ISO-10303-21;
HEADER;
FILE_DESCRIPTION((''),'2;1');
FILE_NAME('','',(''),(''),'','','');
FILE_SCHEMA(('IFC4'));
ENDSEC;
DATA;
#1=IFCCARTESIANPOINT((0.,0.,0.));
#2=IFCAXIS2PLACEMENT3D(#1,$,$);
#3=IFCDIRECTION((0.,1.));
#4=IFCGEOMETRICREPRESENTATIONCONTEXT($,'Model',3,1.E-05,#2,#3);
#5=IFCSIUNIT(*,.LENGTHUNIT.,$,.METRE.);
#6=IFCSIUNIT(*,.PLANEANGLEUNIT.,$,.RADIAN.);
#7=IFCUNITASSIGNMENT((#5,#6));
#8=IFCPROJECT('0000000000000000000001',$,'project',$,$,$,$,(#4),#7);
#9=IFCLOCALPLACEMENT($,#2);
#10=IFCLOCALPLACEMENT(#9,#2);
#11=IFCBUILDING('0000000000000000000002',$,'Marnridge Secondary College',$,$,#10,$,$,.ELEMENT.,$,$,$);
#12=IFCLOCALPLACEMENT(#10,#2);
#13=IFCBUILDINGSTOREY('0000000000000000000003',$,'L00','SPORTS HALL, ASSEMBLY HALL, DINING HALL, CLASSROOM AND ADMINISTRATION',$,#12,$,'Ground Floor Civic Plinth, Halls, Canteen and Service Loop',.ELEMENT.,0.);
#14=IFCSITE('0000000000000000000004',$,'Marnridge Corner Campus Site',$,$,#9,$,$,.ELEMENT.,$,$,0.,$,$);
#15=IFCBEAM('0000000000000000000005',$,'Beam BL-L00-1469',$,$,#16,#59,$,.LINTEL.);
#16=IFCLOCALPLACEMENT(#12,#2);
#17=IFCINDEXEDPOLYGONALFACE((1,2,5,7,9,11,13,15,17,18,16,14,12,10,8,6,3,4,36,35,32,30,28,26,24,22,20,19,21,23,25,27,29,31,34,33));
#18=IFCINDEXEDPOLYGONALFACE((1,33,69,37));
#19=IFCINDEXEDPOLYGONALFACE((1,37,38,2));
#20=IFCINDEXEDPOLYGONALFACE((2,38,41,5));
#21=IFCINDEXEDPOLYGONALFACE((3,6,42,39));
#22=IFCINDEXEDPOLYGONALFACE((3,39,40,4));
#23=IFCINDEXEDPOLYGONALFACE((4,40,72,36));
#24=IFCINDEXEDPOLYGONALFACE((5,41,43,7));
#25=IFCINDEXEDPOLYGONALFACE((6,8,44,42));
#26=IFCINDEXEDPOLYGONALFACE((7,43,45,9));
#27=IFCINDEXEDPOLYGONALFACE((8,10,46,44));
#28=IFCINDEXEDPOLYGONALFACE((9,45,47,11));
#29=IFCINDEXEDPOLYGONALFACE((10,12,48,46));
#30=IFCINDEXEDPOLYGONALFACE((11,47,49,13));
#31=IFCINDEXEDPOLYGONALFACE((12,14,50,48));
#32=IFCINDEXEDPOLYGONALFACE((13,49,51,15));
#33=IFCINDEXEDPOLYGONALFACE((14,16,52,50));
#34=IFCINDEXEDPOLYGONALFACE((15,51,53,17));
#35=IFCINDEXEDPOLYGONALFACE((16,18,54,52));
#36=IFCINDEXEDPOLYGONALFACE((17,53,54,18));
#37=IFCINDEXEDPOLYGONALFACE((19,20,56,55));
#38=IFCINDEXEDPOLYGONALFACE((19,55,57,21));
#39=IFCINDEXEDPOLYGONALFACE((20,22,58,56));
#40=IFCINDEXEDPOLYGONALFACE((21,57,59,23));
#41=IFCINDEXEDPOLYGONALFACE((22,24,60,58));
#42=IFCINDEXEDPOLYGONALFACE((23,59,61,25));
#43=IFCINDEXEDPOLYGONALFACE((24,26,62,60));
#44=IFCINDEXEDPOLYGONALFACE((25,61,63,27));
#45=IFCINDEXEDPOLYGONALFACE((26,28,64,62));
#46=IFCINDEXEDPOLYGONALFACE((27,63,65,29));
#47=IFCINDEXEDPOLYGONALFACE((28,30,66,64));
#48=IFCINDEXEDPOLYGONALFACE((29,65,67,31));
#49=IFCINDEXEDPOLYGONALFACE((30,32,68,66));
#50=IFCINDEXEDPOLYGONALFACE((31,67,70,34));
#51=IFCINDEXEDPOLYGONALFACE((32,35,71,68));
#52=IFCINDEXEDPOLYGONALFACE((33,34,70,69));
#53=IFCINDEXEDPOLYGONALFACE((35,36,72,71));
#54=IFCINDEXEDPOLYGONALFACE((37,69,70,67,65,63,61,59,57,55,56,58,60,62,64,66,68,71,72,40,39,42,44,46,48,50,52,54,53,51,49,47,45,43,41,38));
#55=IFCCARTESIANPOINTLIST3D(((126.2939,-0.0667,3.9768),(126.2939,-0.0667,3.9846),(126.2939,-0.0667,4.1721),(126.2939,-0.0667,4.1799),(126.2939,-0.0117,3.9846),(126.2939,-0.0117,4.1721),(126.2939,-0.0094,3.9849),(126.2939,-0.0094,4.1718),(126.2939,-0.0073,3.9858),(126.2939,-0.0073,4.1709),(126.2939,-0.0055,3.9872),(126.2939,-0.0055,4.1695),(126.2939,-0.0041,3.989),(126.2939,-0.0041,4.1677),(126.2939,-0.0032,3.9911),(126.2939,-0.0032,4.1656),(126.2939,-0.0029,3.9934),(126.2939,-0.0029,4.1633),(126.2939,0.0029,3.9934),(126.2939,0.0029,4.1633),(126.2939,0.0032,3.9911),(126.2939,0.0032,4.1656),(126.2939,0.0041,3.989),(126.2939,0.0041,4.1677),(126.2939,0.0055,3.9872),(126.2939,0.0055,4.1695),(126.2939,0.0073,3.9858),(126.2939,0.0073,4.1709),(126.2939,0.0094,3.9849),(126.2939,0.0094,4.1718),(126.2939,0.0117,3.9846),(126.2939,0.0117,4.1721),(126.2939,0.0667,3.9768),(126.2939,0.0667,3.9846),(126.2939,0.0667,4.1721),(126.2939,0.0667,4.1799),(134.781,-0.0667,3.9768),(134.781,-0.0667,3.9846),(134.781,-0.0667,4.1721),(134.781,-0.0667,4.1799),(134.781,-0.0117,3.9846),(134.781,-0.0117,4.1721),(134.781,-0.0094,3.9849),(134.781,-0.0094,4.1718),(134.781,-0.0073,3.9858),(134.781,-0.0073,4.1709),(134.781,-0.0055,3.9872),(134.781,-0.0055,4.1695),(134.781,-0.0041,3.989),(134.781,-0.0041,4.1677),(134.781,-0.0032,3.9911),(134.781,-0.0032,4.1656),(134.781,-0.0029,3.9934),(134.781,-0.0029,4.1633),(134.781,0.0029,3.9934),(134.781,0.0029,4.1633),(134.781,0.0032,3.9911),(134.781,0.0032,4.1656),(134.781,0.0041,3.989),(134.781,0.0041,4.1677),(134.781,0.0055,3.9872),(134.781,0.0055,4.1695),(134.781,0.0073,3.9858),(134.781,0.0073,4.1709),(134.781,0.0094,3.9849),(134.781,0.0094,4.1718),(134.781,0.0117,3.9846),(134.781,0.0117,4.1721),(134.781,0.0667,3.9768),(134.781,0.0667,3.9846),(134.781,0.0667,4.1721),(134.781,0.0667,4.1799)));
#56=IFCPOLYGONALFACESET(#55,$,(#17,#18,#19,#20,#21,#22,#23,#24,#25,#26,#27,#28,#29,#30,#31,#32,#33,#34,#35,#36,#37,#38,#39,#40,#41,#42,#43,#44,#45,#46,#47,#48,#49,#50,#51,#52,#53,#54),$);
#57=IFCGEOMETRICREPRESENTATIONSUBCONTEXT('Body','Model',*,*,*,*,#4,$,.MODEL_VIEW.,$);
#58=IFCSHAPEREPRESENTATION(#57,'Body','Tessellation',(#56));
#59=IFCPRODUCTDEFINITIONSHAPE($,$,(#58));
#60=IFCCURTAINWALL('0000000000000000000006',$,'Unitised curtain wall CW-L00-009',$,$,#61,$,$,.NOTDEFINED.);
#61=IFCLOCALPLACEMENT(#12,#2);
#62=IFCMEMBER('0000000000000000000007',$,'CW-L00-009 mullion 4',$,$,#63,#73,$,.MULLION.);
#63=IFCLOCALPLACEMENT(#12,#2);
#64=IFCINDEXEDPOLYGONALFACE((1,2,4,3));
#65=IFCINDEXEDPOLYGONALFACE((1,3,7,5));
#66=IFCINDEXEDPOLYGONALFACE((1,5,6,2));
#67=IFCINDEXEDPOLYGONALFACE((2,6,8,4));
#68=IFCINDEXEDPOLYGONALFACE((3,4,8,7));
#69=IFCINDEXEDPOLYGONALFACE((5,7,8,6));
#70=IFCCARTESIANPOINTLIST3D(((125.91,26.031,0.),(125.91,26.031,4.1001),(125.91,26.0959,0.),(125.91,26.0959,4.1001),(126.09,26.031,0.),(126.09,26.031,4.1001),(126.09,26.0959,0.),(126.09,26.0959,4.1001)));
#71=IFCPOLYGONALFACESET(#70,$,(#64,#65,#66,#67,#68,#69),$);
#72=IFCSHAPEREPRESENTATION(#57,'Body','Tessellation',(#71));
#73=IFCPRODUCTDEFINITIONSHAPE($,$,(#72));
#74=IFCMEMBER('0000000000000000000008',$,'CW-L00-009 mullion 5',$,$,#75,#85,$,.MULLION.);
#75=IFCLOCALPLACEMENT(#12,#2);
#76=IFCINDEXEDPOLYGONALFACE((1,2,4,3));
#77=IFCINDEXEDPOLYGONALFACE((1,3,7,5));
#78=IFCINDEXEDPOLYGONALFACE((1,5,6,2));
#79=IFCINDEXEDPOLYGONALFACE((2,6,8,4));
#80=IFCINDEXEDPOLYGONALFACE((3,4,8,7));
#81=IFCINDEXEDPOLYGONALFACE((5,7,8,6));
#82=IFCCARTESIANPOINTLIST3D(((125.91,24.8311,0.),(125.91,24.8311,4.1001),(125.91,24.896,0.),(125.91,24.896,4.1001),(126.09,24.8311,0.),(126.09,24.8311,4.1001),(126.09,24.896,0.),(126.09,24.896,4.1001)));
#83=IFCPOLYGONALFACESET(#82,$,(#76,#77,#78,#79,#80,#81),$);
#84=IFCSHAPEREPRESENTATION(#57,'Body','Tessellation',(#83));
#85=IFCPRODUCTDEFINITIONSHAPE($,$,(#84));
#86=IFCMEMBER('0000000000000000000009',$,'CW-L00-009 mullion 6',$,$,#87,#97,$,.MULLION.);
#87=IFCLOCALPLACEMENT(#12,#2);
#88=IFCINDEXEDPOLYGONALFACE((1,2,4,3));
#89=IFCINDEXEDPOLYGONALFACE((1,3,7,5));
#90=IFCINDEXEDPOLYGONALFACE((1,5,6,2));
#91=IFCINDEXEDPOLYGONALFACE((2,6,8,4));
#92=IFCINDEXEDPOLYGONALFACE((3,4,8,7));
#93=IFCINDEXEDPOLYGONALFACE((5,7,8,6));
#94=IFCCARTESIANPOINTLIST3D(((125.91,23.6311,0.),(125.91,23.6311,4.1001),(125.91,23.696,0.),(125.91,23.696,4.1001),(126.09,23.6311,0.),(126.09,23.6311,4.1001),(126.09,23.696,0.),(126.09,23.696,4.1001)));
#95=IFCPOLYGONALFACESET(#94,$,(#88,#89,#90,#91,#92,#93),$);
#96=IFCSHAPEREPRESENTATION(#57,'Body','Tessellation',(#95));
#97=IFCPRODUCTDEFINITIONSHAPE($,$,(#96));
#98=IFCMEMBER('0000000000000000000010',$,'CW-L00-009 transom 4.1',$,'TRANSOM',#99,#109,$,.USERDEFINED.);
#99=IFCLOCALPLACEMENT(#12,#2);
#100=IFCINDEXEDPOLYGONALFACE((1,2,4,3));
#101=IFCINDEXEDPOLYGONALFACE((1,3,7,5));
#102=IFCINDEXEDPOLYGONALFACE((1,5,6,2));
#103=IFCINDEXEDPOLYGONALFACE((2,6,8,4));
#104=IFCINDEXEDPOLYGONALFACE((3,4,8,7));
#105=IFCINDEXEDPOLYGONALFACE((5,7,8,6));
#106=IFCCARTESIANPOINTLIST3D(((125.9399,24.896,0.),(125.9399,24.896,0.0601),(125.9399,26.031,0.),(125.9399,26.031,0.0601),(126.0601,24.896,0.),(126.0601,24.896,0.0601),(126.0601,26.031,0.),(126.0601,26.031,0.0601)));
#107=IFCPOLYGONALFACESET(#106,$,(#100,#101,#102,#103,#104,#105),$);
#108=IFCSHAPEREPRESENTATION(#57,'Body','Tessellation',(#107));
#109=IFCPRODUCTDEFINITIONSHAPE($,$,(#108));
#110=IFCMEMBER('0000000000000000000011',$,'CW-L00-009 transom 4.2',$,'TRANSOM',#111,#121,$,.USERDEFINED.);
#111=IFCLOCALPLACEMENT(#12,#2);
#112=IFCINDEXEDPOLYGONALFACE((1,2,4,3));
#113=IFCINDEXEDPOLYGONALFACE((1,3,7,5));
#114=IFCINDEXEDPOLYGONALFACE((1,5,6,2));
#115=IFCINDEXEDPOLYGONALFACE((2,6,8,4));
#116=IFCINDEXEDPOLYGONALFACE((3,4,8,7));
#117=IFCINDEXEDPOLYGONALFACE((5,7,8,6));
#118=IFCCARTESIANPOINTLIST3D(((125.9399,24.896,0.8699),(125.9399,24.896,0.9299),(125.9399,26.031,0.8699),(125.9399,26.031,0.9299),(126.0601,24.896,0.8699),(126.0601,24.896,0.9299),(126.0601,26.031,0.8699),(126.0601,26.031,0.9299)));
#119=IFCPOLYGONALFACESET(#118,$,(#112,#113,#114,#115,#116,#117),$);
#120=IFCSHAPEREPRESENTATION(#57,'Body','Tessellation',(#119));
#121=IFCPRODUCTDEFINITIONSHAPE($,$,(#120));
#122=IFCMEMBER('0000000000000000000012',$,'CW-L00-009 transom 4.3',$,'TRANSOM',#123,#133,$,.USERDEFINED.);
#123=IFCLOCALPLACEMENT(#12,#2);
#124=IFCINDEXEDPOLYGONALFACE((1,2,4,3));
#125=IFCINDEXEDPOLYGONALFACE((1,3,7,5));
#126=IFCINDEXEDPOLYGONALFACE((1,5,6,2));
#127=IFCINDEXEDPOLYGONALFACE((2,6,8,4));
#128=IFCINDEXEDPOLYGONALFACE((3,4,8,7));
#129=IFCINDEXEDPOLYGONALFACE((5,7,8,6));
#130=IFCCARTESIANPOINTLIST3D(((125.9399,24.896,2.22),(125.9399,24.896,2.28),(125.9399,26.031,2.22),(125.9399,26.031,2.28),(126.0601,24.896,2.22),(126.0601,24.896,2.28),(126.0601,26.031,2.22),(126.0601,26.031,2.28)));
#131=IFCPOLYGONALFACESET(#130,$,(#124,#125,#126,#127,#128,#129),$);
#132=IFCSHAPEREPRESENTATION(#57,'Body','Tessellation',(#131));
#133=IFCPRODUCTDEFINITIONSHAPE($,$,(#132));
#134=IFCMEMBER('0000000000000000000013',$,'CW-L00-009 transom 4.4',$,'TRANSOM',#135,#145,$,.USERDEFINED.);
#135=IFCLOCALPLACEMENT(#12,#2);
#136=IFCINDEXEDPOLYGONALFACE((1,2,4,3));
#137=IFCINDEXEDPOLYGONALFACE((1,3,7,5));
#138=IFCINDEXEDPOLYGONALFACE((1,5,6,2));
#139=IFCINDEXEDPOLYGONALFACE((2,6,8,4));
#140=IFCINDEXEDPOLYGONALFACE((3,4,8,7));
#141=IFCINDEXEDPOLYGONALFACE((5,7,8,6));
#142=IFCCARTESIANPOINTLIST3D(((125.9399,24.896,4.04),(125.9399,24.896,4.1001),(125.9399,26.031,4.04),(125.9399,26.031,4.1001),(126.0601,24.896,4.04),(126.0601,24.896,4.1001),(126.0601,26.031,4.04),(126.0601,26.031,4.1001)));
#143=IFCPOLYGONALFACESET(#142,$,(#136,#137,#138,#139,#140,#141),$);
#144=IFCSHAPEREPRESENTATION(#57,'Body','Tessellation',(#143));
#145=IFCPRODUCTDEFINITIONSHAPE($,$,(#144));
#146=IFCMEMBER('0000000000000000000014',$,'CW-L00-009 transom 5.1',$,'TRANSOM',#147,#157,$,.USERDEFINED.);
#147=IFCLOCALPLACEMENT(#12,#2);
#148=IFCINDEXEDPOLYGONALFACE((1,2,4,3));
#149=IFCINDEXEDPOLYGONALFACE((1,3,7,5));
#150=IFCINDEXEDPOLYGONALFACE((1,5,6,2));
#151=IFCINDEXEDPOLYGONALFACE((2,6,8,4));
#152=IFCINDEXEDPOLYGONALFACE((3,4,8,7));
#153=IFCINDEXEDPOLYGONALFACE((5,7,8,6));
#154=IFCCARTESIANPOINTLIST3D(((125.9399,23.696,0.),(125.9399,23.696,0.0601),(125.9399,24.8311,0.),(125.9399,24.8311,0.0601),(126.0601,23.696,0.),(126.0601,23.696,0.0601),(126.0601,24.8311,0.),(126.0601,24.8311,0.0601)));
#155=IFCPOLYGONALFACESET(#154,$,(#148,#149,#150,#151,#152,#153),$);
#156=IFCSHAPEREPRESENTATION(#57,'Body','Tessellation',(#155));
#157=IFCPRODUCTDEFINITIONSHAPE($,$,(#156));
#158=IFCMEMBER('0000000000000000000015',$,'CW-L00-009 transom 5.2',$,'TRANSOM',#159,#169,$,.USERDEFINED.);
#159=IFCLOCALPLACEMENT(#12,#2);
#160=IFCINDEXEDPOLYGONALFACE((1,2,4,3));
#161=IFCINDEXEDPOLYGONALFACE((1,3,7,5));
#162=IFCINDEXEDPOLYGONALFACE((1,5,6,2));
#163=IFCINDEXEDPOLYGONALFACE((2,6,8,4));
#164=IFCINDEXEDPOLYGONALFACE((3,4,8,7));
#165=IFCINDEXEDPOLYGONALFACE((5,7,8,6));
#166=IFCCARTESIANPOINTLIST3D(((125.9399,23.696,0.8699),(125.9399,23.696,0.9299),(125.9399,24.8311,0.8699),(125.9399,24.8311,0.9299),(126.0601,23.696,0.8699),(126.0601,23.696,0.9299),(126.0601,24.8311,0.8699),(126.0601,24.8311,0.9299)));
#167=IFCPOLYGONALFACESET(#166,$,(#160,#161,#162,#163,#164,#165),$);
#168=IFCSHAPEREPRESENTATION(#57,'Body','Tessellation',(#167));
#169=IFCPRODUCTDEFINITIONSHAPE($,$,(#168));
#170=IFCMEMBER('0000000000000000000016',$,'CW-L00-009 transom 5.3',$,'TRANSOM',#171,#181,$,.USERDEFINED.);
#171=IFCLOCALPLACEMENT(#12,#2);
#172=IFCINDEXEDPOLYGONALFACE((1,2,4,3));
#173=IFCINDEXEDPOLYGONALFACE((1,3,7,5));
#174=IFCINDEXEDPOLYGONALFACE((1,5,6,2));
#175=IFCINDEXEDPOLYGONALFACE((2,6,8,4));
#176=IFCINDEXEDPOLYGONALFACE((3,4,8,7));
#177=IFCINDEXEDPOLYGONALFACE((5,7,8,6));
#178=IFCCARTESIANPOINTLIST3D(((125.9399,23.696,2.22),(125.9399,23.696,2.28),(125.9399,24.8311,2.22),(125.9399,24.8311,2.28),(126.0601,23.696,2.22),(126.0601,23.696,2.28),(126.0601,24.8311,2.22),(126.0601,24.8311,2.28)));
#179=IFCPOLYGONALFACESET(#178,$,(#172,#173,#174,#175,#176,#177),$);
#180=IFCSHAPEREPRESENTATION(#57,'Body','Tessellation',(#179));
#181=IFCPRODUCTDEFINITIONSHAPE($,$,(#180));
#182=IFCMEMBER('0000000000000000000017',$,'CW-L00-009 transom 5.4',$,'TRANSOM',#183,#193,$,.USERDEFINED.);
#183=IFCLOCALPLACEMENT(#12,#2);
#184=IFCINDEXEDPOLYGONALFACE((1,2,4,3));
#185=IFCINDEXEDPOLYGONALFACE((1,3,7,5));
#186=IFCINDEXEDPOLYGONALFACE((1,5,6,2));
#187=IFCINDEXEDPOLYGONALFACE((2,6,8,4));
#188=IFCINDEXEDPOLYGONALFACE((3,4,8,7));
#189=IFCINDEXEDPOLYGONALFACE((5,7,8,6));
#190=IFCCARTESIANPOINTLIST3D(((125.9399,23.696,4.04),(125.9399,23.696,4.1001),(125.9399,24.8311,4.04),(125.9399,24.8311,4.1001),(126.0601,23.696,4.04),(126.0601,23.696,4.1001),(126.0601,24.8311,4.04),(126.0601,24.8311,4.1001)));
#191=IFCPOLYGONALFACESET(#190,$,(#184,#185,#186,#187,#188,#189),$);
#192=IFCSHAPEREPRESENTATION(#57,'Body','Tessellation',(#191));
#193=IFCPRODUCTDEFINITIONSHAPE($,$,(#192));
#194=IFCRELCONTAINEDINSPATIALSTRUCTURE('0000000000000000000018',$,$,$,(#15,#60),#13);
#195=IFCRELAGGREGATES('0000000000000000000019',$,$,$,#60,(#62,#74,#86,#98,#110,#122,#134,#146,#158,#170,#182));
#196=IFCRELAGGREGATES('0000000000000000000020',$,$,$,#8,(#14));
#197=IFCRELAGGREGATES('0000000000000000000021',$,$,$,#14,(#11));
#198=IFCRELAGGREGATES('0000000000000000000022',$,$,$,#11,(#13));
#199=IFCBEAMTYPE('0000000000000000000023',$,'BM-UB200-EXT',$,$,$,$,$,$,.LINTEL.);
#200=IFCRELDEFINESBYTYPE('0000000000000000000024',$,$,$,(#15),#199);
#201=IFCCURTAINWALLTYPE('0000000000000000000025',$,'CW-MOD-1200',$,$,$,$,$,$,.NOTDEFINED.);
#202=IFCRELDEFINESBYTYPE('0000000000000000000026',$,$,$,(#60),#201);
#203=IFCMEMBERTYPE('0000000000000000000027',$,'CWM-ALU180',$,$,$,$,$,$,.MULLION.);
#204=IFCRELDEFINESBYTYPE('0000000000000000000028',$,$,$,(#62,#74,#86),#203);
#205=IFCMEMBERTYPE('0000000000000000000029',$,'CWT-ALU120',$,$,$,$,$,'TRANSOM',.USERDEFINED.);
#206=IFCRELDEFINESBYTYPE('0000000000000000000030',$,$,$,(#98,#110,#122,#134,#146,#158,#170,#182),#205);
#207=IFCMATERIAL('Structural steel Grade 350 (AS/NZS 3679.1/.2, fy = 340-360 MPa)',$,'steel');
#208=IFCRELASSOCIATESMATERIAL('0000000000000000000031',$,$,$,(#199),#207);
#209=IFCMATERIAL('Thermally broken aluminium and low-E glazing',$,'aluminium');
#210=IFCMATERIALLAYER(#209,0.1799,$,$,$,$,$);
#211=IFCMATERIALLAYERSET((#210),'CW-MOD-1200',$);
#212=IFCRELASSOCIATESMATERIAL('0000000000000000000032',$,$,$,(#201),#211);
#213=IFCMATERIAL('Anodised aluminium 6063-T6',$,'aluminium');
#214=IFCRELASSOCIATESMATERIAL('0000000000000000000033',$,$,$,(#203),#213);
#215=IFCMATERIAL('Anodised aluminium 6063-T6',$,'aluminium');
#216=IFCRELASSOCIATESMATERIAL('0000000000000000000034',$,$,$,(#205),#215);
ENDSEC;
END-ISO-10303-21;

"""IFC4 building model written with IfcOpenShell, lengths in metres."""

from ifc_helpers import new_model, si_unit, direction, frame, origin, origin_2d, place, context, subcontext, project, spatial, rectangle, i_section, extrude, material, layer, layer_set, material_profile, profile_set, type_object, element, aggregate, save


model = new_model("IFC4")

# Units and contexts
model_context = context("Model", 3, precision=1e-05, world=origin(), true_north=direction((0.0, 1.0)))
body_context = subcontext(model_context, "Body", "Model", "MODEL_VIEW")
ifc_project = project(units=[si_unit("LENGTHUNIT", "METRE"), si_unit("PLANEANGLEUNIT", "RADIAN")], contexts=[model_context])

# Site, building, storey
site_placement = place(None, origin())
site = spatial("IfcSite", under=ifc_project, at=site_placement, Name="Marnridge Corner Campus Site", CompositionType="ELEMENT", RefElevation=0.0)
building_placement = place(site_placement, origin())
building = spatial("IfcBuilding", under=site, at=building_placement, Name="Marnridge Secondary College", CompositionType="ELEMENT")
storey_placement = place(building_placement, origin())
storey = spatial("IfcBuildingStorey", under=building, at=storey_placement, Name="L00", Description="SPORTS HALL, ASSEMBLY HALL, DINING HALL, CLASSROOM AND ADMINISTRATION", LongName="Ground Floor Civic Plinth, Halls, Canteen and Service Loop", CompositionType="ELEMENT", Elevation=0.0)

# Beam
ifc_material_1 = material(Name="Structural steel Grade 350 (AS/NZS 3679.1/.2, fy = 340-360 MPa)", Category="steel")
ifc_material_profile_1 = material_profile(ifc_material_1, i_section(OverallWidth=0.1333, OverallDepth=0.2031, WebThickness=0.0059, FlangeThickness=0.0078, FilletRadius=0.0088, at=origin_2d()), Name="200UB25.4")
ifc_profile_set_1 = profile_set([ifc_material_profile_1], Name="Structural steel Grade 350 (AS/NZS 3679.1/.2, fy = 340-360 MPa)")
beam_type = type_object("IfcBeamType", Name="BM-UB200-EXT", PredefinedType="LINTEL", material=ifc_profile_set_1)
beam_placement = place(storey_placement, frame((126.2939, 0.0, 4.0784), z_axis=(1.0, 0.0, 0.0), x_axis=(0.0, 1.0, 0.0)))
element("IfcBeam", 1, at=beam_placement, inside=storey, type_object=beam_type, Name="Beam BL-L00-1469", PredefinedType="LINTEL", context=body_context, shape_type="SweptSolid", body=[
    extrude(i_section(OverallWidth=0.1333, OverallDepth=0.2031, WebThickness=0.0059, FlangeThickness=0.0078, FilletRadius=0.0088, at=origin_2d()), origin(), (0.0, 0.0, 1.0), 8.4871),
])

# Curtain wall, members
ifc_material_2 = material(Name="Thermally broken aluminium and low-E glazing", Category="aluminium")
ifc_layer_1 = layer(ifc_material_2, 0.1799)
ifc_layer_set_1 = layer_set([ifc_layer_1], Name="CW-MOD-1200")
curtain_wall_type = type_object("IfcCurtainWallType", Name="CW-MOD-1200", PredefinedType="NOTDEFINED", material=ifc_layer_set_1)
curtain_wall_placement = place(storey_placement, origin())
curtain_wall = element("IfcCurtainWall", 2, at=curtain_wall_placement, inside=storey, type_object=curtain_wall_type, Name="Unitised curtain wall CW-L00-009", PredefinedType="NOTDEFINED")
ifc_material_3 = material(Name="Anodised aluminium 6063-T6", Category="aluminium")
ifc_material_profile_2 = material_profile(ifc_material_3, rectangle(XDim=0.0649, YDim=0.1799, at=origin_2d()), Name="ALU 65x180")
ifc_profile_set_2 = profile_set([ifc_material_profile_2], Name="Anodised aluminium 6063-T6")
member_type_1 = type_object("IfcMemberType", Name="CWM-ALU180", PredefinedType="MULLION", material=ifc_profile_set_2)
member_1_placement = place(storey_placement, frame((126.0, 26.0635, 0.0), z_axis=(0.0, 0.0, 1.0), x_axis=(0.0, -1.0, 0.0)))
member_1 = element("IfcMember", 3, at=member_1_placement, type_object=member_type_1, Name="CW-L00-009 mullion 4", PredefinedType="MULLION", context=body_context, shape_type="SweptSolid", body=[
    extrude(rectangle(XDim=0.0649, YDim=0.1799, at=origin_2d()), origin(), (0.0, 0.0, 1.0), 4.1001),
])
member_2_placement = place(storey_placement, frame((126.0, 24.8635, 0.0), z_axis=(0.0, 0.0, 1.0), x_axis=(0.0, -1.0, 0.0)))
member_2 = element("IfcMember", 4, at=member_2_placement, type_object=member_type_1, Name="CW-L00-009 mullion 5", PredefinedType="MULLION", context=body_context, shape_type="SweptSolid", body=[
    extrude(rectangle(XDim=0.0649, YDim=0.1799, at=origin_2d()), origin(), (0.0, 0.0, 1.0), 4.1001),
])
member_3_placement = place(storey_placement, frame((126.0, 23.6636, 0.0), z_axis=(0.0, 0.0, 1.0), x_axis=(0.0, -1.0, 0.0)))
member_3 = element("IfcMember", 5, at=member_3_placement, type_object=member_type_1, Name="CW-L00-009 mullion 6", PredefinedType="MULLION", context=body_context, shape_type="SweptSolid", body=[
    extrude(rectangle(XDim=0.0649, YDim=0.1799, at=origin_2d()), origin(), (0.0, 0.0, 1.0), 4.1001),
])
ifc_material_4 = material(Name="Anodised aluminium 6063-T6", Category="aluminium")
ifc_material_profile_3 = material_profile(ifc_material_4, rectangle(XDim=0.0601, YDim=0.1201, at=origin_2d()), Name="ALU 60x120")
ifc_profile_set_3 = profile_set([ifc_material_profile_3], Name="Anodised aluminium 6063-T6")
member_type_2 = type_object("IfcMemberType", Name="CWT-ALU120", ElementType="TRANSOM", PredefinedType="USERDEFINED", material=ifc_profile_set_3)
member_4_placement = place(storey_placement, frame((126.0, 26.031, 0.03), z_axis=(0.0, -1.0, 0.0), x_axis=(0.0, 0.0, 1.0)))
member_4 = element("IfcMember", 6, at=member_4_placement, type_object=member_type_2, Name="CW-L00-009 transom 4.1", ObjectType="TRANSOM", PredefinedType="USERDEFINED", context=body_context, shape_type="SweptSolid", body=[
    extrude(rectangle(XDim=0.0601, YDim=0.1201, at=origin_2d()), origin(), (0.0, 0.0, 1.0), 1.135),
])
member_5_placement = place(storey_placement, frame((126.0, 26.031, 0.8999), z_axis=(0.0, -1.0, 0.0), x_axis=(0.0, 0.0, 1.0)))
member_5 = element("IfcMember", 7, at=member_5_placement, type_object=member_type_2, Name="CW-L00-009 transom 4.2", ObjectType="TRANSOM", PredefinedType="USERDEFINED", context=body_context, shape_type="SweptSolid", body=[
    extrude(rectangle(XDim=0.0601, YDim=0.1201, at=origin_2d()), origin(), (0.0, 0.0, 1.0), 1.135),
])
member_6_placement = place(storey_placement, frame((126.0, 26.031, 2.25), z_axis=(0.0, -1.0, 0.0), x_axis=(0.0, 0.0, 1.0)))
member_6 = element("IfcMember", 8, at=member_6_placement, type_object=member_type_2, Name="CW-L00-009 transom 4.3", ObjectType="TRANSOM", PredefinedType="USERDEFINED", context=body_context, shape_type="SweptSolid", body=[
    extrude(rectangle(XDim=0.0601, YDim=0.1201, at=origin_2d()), origin(), (0.0, 0.0, 1.0), 1.135),
])
member_7_placement = place(storey_placement, frame((126.0, 26.031, 4.0701), z_axis=(0.0, -1.0, 0.0), x_axis=(0.0, 0.0, 1.0)))
member_7 = element("IfcMember", 9, at=member_7_placement, type_object=member_type_2, Name="CW-L00-009 transom 4.4", ObjectType="TRANSOM", PredefinedType="USERDEFINED", context=body_context, shape_type="SweptSolid", body=[
    extrude(rectangle(XDim=0.0601, YDim=0.1201, at=origin_2d()), origin(), (0.0, 0.0, 1.0), 1.135),
])
member_8_placement = place(storey_placement, frame((126.0, 24.8311, 0.03), z_axis=(0.0, -1.0, 0.0), x_axis=(0.0, 0.0, 1.0)))
member_8 = element("IfcMember", 10, at=member_8_placement, type_object=member_type_2, Name="CW-L00-009 transom 5.1", ObjectType="TRANSOM", PredefinedType="USERDEFINED", context=body_context, shape_type="SweptSolid", body=[
    extrude(rectangle(XDim=0.0601, YDim=0.1201, at=origin_2d()), origin(), (0.0, 0.0, 1.0), 1.135),
])
member_9_placement = place(storey_placement, frame((126.0, 24.8311, 0.8999), z_axis=(0.0, -1.0, 0.0), x_axis=(0.0, 0.0, 1.0)))
member_9 = element("IfcMember", 11, at=member_9_placement, type_object=member_type_2, Name="CW-L00-009 transom 5.2", ObjectType="TRANSOM", PredefinedType="USERDEFINED", context=body_context, shape_type="SweptSolid", body=[
    extrude(rectangle(XDim=0.0601, YDim=0.1201, at=origin_2d()), origin(), (0.0, 0.0, 1.0), 1.135),
])
member_10_placement = place(storey_placement, frame((126.0, 24.8311, 2.25), z_axis=(0.0, -1.0, 0.0), x_axis=(0.0, 0.0, 1.0)))
member_10 = element("IfcMember", 12, at=member_10_placement, type_object=member_type_2, Name="CW-L00-009 transom 5.3", ObjectType="TRANSOM", PredefinedType="USERDEFINED", context=body_context, shape_type="SweptSolid", body=[
    extrude(rectangle(XDim=0.0601, YDim=0.1201, at=origin_2d()), origin(), (0.0, 0.0, 1.0), 1.135),
])
member_11_placement = place(storey_placement, frame((126.0, 24.8311, 4.0701), z_axis=(0.0, -1.0, 0.0), x_axis=(0.0, 0.0, 1.0)))
member_11 = element("IfcMember", 13, at=member_11_placement, type_object=member_type_2, Name="CW-L00-009 transom 5.4", ObjectType="TRANSOM", PredefinedType="USERDEFINED", context=body_context, shape_type="SweptSolid", body=[
    extrude(rectangle(XDim=0.0601, YDim=0.1201, at=origin_2d()), origin(), (0.0, 0.0, 1.0), 1.135),
])

aggregate(curtain_wall, [member_1, member_2, member_3, member_4, member_5, member_6, member_7, member_8, member_9, member_10, member_11])

save(model, "model.ifc")
